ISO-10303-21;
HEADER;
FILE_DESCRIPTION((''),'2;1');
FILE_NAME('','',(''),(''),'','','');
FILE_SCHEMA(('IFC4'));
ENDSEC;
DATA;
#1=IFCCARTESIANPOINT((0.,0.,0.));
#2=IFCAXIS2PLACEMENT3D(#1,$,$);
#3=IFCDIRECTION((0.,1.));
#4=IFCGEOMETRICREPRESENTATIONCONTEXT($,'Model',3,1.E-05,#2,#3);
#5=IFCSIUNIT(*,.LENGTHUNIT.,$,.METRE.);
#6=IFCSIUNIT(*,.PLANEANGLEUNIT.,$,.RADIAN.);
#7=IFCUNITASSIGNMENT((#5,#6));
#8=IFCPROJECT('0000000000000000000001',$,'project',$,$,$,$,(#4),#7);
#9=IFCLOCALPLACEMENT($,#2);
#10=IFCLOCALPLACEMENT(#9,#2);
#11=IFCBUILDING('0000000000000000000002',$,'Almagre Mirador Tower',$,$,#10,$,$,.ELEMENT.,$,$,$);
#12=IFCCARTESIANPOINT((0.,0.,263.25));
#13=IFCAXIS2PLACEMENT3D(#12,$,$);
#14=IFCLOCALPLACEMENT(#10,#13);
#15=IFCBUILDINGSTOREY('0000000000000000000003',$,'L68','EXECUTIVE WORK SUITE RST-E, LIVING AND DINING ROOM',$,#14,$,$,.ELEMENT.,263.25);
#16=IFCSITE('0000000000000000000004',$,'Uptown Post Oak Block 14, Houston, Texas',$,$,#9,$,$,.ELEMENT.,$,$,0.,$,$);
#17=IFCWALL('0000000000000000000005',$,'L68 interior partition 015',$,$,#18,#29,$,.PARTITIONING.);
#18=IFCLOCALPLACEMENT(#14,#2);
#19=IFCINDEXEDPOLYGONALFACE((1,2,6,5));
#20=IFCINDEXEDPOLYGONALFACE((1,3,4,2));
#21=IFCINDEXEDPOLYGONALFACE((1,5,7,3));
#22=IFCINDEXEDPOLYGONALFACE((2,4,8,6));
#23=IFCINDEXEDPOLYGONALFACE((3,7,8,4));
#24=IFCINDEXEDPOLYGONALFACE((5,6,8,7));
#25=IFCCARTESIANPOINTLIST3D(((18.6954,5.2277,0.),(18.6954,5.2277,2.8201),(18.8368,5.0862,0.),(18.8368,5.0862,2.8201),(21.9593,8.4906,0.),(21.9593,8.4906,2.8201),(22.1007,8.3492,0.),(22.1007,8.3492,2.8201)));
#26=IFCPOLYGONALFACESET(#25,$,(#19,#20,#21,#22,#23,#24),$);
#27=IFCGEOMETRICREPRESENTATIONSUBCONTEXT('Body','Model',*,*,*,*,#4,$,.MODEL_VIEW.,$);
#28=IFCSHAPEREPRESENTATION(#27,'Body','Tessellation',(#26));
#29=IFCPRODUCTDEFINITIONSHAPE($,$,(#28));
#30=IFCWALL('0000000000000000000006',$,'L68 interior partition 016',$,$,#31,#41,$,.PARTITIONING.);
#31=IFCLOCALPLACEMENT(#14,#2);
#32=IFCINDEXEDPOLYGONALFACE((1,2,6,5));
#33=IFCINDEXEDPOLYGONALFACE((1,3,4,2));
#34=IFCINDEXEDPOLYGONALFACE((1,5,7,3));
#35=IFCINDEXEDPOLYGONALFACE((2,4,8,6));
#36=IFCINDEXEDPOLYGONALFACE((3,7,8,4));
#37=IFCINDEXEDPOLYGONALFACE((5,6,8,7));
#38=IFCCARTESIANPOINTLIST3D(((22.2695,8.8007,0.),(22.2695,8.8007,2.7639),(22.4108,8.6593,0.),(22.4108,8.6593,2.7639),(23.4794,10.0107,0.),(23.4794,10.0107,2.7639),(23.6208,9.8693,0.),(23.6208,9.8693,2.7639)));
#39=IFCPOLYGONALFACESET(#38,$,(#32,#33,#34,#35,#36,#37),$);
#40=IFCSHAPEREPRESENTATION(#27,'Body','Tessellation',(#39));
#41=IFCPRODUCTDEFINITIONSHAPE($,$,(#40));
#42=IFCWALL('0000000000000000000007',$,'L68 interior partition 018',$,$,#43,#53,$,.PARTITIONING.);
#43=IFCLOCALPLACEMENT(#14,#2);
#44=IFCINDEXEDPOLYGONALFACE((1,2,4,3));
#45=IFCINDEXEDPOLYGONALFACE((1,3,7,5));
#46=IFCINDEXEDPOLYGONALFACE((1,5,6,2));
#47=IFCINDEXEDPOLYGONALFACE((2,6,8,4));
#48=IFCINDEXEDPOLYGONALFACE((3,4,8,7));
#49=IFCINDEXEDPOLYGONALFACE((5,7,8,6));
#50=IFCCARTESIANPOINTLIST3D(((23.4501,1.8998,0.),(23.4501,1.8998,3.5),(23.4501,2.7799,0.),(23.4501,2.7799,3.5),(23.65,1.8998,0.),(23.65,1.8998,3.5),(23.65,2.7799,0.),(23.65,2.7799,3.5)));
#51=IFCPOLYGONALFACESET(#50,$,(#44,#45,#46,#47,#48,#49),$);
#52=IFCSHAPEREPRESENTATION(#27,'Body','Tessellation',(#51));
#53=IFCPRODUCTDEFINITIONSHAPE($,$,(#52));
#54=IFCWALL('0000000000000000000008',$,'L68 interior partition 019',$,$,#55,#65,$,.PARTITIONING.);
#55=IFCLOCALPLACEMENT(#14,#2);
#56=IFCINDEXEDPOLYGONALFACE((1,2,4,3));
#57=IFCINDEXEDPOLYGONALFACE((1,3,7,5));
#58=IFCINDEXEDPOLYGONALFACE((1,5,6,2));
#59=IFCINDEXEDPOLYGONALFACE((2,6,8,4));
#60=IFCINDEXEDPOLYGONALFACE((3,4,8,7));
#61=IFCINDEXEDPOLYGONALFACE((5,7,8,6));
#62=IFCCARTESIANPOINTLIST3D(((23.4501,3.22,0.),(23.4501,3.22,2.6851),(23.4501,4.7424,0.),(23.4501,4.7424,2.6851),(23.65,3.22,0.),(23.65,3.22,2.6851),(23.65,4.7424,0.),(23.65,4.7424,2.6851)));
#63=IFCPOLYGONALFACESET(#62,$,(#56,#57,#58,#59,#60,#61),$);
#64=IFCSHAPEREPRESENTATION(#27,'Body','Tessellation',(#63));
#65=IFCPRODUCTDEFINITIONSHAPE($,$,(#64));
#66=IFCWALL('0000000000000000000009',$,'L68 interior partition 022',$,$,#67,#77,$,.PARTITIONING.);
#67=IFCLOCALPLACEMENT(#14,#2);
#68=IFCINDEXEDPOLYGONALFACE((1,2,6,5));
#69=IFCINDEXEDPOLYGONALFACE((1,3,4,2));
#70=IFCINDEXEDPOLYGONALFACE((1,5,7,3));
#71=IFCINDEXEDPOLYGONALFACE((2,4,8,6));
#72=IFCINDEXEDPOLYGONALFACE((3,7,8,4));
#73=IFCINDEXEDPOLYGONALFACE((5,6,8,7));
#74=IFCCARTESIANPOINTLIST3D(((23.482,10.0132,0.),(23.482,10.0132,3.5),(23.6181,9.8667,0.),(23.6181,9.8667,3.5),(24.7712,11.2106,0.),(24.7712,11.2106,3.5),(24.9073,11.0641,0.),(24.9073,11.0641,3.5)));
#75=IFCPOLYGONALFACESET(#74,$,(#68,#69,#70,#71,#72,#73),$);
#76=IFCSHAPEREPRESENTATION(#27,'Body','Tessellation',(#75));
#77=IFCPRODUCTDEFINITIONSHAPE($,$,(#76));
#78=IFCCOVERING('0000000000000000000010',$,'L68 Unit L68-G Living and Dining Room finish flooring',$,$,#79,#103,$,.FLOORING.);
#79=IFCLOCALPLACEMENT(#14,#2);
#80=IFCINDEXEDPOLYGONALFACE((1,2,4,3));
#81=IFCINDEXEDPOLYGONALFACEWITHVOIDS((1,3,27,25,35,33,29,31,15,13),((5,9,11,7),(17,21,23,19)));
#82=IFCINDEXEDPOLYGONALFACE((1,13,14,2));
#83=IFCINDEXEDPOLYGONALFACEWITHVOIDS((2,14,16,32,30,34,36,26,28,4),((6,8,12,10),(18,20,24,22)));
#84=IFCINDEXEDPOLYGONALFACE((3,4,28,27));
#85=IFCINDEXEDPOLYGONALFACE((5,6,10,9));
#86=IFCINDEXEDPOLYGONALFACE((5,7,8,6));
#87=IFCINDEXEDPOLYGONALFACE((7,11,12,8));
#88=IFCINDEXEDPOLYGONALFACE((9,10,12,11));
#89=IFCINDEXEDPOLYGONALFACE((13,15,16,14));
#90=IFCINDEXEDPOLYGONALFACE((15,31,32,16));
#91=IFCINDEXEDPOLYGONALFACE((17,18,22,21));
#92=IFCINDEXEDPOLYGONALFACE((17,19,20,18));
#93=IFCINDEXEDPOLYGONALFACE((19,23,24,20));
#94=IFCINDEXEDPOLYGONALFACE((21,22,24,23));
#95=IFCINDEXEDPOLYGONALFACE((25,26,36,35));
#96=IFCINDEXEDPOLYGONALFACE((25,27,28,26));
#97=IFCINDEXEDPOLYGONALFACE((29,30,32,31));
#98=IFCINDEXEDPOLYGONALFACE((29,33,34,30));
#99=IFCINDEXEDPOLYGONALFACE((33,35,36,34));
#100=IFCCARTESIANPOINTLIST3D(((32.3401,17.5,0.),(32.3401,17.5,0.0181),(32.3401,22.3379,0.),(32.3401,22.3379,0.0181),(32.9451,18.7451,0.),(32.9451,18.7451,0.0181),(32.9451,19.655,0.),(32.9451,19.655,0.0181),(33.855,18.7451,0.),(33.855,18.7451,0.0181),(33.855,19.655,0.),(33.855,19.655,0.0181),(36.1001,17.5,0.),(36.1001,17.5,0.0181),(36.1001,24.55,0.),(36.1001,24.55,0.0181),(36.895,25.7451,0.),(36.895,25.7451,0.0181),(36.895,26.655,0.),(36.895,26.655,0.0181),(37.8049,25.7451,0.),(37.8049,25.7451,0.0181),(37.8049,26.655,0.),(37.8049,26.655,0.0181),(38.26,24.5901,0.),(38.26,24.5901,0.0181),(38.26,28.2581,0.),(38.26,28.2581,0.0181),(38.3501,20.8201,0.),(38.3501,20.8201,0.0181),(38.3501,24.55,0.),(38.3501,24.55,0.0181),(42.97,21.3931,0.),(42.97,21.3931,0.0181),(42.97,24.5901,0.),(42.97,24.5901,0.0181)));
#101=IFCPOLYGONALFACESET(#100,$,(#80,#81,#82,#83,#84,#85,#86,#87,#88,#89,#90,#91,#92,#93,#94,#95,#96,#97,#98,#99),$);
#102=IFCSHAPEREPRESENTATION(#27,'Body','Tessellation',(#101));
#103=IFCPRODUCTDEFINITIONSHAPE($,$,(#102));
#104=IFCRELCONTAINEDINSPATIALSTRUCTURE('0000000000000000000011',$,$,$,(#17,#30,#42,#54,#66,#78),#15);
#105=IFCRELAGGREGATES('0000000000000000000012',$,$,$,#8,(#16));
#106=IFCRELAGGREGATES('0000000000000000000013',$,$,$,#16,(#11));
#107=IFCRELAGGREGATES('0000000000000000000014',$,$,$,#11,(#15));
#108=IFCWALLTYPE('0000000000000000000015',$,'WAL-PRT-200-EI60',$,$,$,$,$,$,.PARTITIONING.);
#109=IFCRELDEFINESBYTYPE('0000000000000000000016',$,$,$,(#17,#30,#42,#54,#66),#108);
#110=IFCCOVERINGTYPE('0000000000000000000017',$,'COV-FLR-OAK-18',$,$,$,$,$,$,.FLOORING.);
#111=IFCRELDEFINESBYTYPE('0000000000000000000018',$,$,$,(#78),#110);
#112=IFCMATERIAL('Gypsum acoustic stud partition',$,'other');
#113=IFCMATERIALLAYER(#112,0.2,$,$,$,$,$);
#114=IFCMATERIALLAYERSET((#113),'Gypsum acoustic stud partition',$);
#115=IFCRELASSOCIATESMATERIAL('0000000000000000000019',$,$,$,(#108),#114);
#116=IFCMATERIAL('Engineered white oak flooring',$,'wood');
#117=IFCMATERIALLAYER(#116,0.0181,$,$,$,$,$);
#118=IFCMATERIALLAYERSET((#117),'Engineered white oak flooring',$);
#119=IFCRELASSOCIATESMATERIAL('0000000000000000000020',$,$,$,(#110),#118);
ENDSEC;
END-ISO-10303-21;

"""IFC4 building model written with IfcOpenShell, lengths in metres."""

from ifc_helpers import new_model, si_unit, direction, frame, frame_2d, origin, place, context, subcontext, project, spatial, polyline, rectangle, outline, extrude, material, layer, layer_set, type_object, element, save


model = new_model("IFC4")

# Units and contexts
model_context = context("Model", 3, precision=1e-05, world=origin(), true_north=direction((0.0, 1.0)))
body_context = subcontext(model_context, "Body", "Model", "MODEL_VIEW")
ifc_project = project(units=[si_unit("LENGTHUNIT", "METRE"), si_unit("PLANEANGLEUNIT", "RADIAN")], contexts=[model_context])

# Site, building, storey
site_placement = place(None, origin())
site = spatial("IfcSite", under=ifc_project, at=site_placement, Name="Uptown Post Oak Block 14, Houston, Texas", CompositionType="ELEMENT", RefElevation=0.0)
building_placement = place(site_placement, origin())
building = spatial("IfcBuilding", under=site, at=building_placement, Name="Almagre Mirador Tower", CompositionType="ELEMENT")
storey_placement = place(building_placement, frame((0.0, 0.0, 263.25)))
storey = spatial("IfcBuildingStorey", under=building, at=storey_placement, Name="L68", Description="EXECUTIVE WORK SUITE RST-E, LIVING AND DINING ROOM", CompositionType="ELEMENT", Elevation=263.25)

# Walls
ifc_material_1 = material(Name="Gypsum acoustic stud partition", Category="other")
ifc_layer_1 = layer(ifc_material_1, 0.2)
ifc_layer_set_1 = layer_set([ifc_layer_1], Name="Gypsum acoustic stud partition")
wall_type_1 = type_object("IfcWallType", Name="WAL-PRT-200-EI60", PredefinedType="PARTITIONING", material=ifc_layer_set_1)
wall_1_placement = place(storey_placement, frame((22.03, 8.4199, 0.0), z_axis=(0.0, 0.0, 1.0), x_axis=(-0.707213, -0.707001, 0.0)))
element("IfcWall", 1, at=wall_1_placement, inside=storey, type_object=wall_type_1, Name="L68 interior partition 015", PredefinedType="PARTITIONING", context=body_context, shape_type="SweptSolid", body=[
    extrude(rectangle(XDim=4.6152, YDim=0.2, at=frame_2d((2.3076, 0.0))), origin(), (0.0, 0.0, 1.0), 2.8201),
])
wall_2_placement = place(storey_placement, frame((23.55, 9.9399, 0.0), z_axis=(0.0, 0.0, 1.0), x_axis=(-0.707107, -0.707107, 0.0)))
element("IfcWall", 2, at=wall_2_placement, inside=storey, type_object=wall_type_1, Name="L68 interior partition 016", PredefinedType="PARTITIONING", context=body_context, shape_type="SweptSolid", body=[
    extrude(rectangle(XDim=1.7112, YDim=0.2, at=frame_2d((0.8555, 0.0))), origin(), (0.0, 0.0, 1.0), 2.7639),
])
wall_3_placement = place(storey_placement, frame((23.55, 1.8999, 0.0), z_axis=(0.0, 0.0, 1.0), x_axis=(0.0, 1.0, 0.0)))
element("IfcWall", 3, at=wall_3_placement, inside=storey, type_object=wall_type_1, Name="L68 interior partition 018", PredefinedType="PARTITIONING", context=body_context, shape_type="SweptSolid", body=[
    extrude(rectangle(XDim=0.8801, YDim=0.2, at=frame_2d((0.4399, 0.0))), origin(), (0.0, 0.0, 1.0), 3.5),
])
wall_4_placement = place(storey_placement, frame((23.55, 3.22, 0.0), z_axis=(0.0, 0.0, 1.0), x_axis=(0.0, 1.0, 0.0)))
element("IfcWall", 4, at=wall_4_placement, inside=storey, type_object=wall_type_1, Name="L68 interior partition 019", PredefinedType="PARTITIONING", context=body_context, shape_type="SweptSolid", body=[
    extrude(rectangle(XDim=1.5225, YDim=0.2, at=frame_2d((0.7612, 0.0))), origin(), (0.0, 0.0, 1.0), 2.6851),
])
wall_5_placement = place(storey_placement, frame((24.8394, 11.1375, 0.0), z_axis=(0.0, 0.0, 1.0), x_axis=(-0.732709, -0.680542, 0.0)))
element("IfcWall", 5, at=wall_5_placement, inside=storey, type_object=wall_type_1, Name="L68 interior partition 022", PredefinedType="PARTITIONING", context=body_context, shape_type="SweptSolid", body=[
    extrude(rectangle(XDim=1.7595, YDim=0.2, at=frame_2d((0.8799, 0.0))), origin(), (0.0, 0.0, 1.0), 3.5),
])

# Covering
ifc_material_2 = material(Name="Engineered white oak flooring", Category="wood")
ifc_layer_2 = layer(ifc_material_2, 0.0181)
ifc_layer_set_2 = layer_set([ifc_layer_2], Name="Engineered white oak flooring")
covering_type = type_object("IfcCoveringType", Name="COV-FLR-OAK-18", PredefinedType="FLOORING", material=ifc_layer_set_2)
covering_placement = place(storey_placement, origin())
element("IfcCovering", 6, at=covering_placement, inside=storey, type_object=covering_type, Name="L68 Unit L68-G Living and Dining Room finish flooring", PredefinedType="FLOORING", context=body_context, shape_type="SweptSolid", body=[
    extrude(outline(polyline([(32.3401, 17.5), (32.3401, 22.3379), (38.26, 28.2581), (38.26, 24.5901), (42.97, 24.5901), (42.97, 21.3931), (38.3501, 20.8201), (38.3501, 24.55), (36.1001, 24.55), (36.1001, 17.5), (32.3401, 17.5)]), holes=[polyline([(32.9451, 18.7451), (32.9451, 19.655), (33.855, 19.655), (33.855, 18.7451), (32.9451, 18.7451)]), polyline([(36.895, 25.7451), (36.895, 26.655), (37.8049, 26.655), (37.8049, 25.7451), (36.895, 25.7451)])]), origin(), (0.0, 0.0, 1.0), 0.0181),
])

save(model, "model.ifc")
